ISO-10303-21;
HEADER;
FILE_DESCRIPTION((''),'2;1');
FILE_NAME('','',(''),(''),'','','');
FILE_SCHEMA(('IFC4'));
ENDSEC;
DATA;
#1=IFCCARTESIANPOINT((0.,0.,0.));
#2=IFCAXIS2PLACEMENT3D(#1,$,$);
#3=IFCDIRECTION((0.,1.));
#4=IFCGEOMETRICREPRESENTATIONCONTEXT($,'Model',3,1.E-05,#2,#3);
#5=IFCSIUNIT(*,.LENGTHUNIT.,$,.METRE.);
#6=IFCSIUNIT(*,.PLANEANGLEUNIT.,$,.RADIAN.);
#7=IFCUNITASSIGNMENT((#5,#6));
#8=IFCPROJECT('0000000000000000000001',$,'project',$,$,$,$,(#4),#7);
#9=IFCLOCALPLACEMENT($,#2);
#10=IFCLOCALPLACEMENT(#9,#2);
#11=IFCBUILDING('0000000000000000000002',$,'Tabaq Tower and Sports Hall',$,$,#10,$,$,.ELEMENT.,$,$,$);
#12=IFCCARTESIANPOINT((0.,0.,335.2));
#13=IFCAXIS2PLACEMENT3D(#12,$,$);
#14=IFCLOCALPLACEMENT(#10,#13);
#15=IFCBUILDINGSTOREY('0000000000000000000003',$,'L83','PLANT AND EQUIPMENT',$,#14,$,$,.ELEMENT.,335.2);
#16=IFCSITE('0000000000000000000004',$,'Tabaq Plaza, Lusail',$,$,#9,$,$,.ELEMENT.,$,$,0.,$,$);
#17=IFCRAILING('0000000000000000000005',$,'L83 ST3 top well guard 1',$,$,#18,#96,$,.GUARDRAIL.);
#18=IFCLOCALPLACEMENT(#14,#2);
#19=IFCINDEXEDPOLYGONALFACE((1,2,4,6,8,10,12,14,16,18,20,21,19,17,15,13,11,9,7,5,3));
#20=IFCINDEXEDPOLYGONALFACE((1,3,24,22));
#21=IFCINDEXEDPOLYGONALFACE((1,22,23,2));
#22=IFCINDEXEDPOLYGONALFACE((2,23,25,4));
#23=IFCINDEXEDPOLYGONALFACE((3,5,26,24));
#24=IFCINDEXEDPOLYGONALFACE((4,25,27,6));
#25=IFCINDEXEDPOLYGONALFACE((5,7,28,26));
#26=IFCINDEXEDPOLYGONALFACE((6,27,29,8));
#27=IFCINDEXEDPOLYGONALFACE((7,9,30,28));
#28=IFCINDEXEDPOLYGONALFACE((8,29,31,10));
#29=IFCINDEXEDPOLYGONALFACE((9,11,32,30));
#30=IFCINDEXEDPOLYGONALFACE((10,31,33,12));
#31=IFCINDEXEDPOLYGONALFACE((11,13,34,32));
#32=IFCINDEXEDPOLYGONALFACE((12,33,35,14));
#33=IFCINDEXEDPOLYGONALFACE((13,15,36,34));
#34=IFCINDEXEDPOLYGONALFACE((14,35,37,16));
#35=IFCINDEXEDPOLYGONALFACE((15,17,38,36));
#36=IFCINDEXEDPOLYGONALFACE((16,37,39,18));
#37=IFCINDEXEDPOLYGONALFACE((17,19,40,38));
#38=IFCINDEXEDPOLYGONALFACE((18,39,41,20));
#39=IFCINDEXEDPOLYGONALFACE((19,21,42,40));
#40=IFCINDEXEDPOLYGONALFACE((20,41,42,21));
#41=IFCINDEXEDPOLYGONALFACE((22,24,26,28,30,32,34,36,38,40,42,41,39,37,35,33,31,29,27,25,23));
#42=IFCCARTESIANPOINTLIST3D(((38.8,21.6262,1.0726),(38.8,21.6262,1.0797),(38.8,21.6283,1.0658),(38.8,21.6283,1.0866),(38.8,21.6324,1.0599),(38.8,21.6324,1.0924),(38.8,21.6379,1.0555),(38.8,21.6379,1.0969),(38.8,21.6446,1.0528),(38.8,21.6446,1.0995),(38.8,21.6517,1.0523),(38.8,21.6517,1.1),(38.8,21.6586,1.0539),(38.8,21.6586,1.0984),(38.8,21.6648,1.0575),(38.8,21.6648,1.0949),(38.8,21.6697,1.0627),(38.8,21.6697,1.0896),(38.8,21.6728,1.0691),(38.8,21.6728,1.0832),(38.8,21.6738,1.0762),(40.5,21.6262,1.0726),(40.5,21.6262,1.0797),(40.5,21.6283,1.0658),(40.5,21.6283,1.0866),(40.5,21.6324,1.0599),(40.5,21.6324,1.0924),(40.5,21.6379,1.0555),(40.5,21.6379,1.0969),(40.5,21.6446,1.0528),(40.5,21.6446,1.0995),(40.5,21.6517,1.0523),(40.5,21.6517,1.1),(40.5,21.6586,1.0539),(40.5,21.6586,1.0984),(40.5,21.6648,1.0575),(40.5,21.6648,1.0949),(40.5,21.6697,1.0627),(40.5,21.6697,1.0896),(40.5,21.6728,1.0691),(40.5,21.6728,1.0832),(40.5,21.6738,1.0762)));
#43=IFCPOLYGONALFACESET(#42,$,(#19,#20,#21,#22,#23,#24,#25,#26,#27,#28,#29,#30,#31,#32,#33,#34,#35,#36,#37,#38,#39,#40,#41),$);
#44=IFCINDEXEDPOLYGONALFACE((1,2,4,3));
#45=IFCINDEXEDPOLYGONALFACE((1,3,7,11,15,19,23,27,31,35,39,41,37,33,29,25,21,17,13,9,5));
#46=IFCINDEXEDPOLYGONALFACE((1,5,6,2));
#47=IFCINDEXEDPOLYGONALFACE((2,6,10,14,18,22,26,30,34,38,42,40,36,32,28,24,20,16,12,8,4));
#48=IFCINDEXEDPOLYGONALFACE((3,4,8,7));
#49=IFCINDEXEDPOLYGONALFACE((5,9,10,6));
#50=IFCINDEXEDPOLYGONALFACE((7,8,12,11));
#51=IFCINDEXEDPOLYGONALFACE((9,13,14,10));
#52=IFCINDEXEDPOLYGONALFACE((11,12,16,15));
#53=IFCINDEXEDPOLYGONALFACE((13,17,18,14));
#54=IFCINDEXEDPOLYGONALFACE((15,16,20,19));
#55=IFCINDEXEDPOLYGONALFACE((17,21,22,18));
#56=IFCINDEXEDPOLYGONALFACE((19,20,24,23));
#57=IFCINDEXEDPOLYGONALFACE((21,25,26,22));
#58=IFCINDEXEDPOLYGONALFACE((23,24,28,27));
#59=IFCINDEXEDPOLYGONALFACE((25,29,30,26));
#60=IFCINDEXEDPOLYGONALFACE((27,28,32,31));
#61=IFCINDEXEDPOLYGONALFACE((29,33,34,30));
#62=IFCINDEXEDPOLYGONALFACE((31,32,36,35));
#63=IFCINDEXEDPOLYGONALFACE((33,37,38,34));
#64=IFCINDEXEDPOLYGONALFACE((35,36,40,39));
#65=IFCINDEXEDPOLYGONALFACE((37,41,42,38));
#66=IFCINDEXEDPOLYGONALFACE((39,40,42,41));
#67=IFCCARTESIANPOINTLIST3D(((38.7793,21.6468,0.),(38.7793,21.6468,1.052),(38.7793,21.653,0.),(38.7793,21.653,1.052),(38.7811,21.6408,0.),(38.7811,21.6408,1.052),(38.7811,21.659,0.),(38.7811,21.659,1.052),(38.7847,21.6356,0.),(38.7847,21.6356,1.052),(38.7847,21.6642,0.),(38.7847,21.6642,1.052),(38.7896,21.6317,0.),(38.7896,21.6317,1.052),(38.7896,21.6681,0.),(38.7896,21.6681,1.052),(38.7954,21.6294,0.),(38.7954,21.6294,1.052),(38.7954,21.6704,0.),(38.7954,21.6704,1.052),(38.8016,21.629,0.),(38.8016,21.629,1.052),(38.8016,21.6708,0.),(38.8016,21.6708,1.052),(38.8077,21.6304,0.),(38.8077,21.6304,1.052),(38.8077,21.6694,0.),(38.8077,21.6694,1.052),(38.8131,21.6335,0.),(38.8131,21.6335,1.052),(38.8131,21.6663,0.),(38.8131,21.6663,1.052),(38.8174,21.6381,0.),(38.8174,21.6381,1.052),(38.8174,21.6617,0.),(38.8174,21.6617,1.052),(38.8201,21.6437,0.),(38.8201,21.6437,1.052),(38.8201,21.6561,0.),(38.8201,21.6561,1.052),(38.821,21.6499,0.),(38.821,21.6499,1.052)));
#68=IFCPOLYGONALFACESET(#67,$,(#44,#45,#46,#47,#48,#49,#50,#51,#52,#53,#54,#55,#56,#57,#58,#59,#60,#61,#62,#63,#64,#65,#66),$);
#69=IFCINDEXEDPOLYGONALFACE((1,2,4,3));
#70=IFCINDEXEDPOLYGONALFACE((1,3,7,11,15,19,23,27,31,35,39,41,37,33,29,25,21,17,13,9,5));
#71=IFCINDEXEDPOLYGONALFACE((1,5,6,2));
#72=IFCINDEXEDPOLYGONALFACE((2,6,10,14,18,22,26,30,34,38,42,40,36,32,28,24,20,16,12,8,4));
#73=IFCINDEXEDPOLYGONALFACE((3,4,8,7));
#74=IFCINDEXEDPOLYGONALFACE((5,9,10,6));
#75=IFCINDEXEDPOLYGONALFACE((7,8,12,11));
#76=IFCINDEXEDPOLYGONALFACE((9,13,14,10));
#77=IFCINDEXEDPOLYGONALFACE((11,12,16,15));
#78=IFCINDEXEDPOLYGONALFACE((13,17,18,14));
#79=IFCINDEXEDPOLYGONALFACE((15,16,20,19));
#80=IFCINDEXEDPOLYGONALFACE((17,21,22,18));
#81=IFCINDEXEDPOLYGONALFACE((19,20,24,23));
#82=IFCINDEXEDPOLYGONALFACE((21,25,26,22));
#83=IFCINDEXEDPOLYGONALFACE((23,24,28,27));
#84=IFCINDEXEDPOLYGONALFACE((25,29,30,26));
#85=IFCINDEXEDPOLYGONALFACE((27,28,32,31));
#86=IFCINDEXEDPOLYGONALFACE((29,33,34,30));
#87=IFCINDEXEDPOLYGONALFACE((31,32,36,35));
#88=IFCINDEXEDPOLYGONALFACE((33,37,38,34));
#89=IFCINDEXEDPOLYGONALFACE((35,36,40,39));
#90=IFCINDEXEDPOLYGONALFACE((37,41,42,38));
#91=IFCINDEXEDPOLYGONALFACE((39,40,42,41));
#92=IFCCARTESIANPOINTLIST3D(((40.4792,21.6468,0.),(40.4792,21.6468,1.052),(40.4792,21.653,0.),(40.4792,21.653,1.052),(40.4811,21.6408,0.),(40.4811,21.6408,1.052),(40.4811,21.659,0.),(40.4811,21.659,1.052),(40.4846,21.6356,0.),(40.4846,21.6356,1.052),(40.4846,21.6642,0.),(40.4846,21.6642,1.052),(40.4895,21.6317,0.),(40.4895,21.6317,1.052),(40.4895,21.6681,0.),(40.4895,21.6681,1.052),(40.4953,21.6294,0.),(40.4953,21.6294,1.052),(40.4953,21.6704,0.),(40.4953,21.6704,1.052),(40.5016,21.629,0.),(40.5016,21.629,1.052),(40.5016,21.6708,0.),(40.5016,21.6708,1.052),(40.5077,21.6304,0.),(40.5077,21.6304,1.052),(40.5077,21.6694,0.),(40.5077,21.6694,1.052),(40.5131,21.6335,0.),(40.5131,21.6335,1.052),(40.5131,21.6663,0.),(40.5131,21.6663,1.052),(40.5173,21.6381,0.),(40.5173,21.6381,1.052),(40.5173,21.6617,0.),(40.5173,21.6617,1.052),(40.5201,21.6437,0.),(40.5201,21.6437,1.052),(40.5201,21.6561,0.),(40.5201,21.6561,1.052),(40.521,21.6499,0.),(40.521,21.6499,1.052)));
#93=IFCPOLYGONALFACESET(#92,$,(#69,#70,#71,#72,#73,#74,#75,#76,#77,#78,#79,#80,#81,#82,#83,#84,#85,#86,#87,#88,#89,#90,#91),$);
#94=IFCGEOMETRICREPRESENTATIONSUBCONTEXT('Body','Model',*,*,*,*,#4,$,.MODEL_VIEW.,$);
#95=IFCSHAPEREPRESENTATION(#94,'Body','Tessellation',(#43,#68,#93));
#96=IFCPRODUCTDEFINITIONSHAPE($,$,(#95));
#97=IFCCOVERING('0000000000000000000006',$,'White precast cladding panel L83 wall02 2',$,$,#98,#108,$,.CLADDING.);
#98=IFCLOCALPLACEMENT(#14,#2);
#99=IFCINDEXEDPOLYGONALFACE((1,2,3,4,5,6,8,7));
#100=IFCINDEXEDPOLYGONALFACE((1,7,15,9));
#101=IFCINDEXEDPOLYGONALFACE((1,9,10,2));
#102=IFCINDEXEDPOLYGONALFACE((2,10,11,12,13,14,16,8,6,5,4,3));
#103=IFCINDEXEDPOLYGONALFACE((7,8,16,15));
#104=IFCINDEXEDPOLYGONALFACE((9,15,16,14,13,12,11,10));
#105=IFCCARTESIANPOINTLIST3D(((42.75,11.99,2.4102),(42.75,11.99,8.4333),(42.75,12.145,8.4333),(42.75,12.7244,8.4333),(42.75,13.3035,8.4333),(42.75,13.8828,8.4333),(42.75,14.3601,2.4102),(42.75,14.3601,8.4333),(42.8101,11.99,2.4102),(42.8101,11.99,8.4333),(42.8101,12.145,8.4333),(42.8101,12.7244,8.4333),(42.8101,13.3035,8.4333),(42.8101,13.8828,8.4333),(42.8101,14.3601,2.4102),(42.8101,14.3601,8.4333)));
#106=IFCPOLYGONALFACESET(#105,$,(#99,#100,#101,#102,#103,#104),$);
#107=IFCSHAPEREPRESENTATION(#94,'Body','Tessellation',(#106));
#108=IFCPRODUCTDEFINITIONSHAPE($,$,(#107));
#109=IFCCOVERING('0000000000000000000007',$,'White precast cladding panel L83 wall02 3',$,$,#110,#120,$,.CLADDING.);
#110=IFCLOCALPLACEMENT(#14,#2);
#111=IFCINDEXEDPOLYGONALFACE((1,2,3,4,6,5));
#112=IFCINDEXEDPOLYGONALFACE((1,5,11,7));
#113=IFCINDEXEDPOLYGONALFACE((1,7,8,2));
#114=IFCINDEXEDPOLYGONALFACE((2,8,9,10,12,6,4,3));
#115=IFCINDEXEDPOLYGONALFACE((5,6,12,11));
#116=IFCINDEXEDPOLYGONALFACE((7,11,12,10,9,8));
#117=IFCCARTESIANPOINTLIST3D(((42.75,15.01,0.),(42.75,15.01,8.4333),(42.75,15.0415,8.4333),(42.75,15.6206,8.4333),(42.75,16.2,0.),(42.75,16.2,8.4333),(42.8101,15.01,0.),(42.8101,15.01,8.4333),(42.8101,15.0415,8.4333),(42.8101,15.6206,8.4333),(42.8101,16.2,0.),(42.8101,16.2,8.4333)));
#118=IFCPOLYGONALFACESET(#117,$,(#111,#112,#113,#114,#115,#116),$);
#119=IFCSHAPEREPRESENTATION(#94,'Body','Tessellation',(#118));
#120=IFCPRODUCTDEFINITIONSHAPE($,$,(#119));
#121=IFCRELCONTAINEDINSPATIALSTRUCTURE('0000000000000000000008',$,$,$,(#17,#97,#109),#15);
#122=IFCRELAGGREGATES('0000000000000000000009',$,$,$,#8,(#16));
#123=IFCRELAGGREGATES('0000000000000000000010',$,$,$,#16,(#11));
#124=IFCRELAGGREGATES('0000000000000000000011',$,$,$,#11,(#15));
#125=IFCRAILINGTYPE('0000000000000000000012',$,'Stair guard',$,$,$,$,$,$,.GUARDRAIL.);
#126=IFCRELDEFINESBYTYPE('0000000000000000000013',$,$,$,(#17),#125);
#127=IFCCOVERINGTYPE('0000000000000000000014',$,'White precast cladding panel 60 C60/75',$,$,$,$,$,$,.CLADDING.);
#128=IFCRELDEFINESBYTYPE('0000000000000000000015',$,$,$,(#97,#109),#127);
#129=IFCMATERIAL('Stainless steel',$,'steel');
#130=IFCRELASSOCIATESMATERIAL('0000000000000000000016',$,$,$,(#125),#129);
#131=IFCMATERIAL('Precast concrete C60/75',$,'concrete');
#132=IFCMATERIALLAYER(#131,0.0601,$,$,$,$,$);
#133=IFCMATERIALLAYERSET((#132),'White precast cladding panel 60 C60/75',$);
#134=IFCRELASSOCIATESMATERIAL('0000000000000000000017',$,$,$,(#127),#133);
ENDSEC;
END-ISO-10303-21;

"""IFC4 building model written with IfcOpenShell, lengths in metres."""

from ifc_helpers import new_model, si_unit, direction, frame, origin, origin_2d, place, context, subcontext, project, spatial, polyline, circle, outline, extrude, material, layer, layer_set, type_object, element, save


model = new_model("IFC4")

# Units and contexts
model_context = context("Model", 3, precision=1e-05, world=origin(), true_north=direction((0.0, 1.0)))
body_context = subcontext(model_context, "Body", "Model", "MODEL_VIEW")
ifc_project = project(units=[si_unit("LENGTHUNIT", "METRE"), si_unit("PLANEANGLEUNIT", "RADIAN")], contexts=[model_context])

# Site, building, storey
site_placement = place(None, origin())
site = spatial("IfcSite", under=ifc_project, at=site_placement, Name="Tabaq Plaza, Lusail", CompositionType="ELEMENT", RefElevation=0.0)
building_placement = place(site_placement, origin())
building = spatial("IfcBuilding", under=site, at=building_placement, Name="Tabaq Tower and Sports Hall", CompositionType="ELEMENT")
storey_placement = place(building_placement, frame((0.0, 0.0, 335.2)))
storey = spatial("IfcBuildingStorey", under=building, at=storey_placement, Name="L83", Description="PLANT AND EQUIPMENT", CompositionType="ELEMENT", Elevation=335.2)

# Railing
ifc_material_1 = material(Name="Stainless steel", Category="steel")
railing_type = type_object("IfcRailingType", Name="Stair guard", PredefinedType="GUARDRAIL", material=ifc_material_1)
railing_placement = place(storey_placement, frame((38.8, 21.6499, 0.0)))
element("IfcRailing", 1, at=railing_placement, inside=storey, type_object=railing_type, Name="L83 ST3 top well guard 1", PredefinedType="GUARDRAIL", context=body_context, shape_type="SweptSolid", body=[
    extrude(circle(Radius=0.0239, at=origin_2d()), frame((0.0, 0.0, 1.0762), z_axis=(1.0, 0.0, 0.0), x_axis=(0.0, 1.0, 0.0)), (0.0, 0.0, 1.0), 1.7),
    extrude(circle(Radius=0.021, at=origin_2d()), origin(), (0.0, 0.0, 1.0), 1.052),
    extrude(circle(Radius=0.021, at=origin_2d()), frame((1.7, 0.0, 0.0)), (0.0, 0.0, 1.0), 1.052),
])

# Coverings
ifc_material_2 = material(Name="Precast concrete C60/75", Category="concrete")
ifc_layer_1 = layer(ifc_material_2, 0.0601)
ifc_layer_set_1 = layer_set([ifc_layer_1], Name="White precast cladding panel 60 C60/75")
covering_type = type_object("IfcCoveringType", Name="White precast cladding panel 60 C60/75", PredefinedType="CLADDING", material=ifc_layer_set_1)
covering_1_placement = place(storey_placement, frame((42.78, 11.99, 2.4102), z_axis=(0.0, 0.0, 1.0), x_axis=(0.0, 1.0, 0.0)))
element("IfcCovering", 2, at=covering_1_placement, inside=storey, type_object=covering_type, Name="White precast cladding panel L83 wall02 2", PredefinedType="CLADDING", context=body_context, shape_type="SweptSolid", body=[
    extrude(outline(polyline([(0.0, 0.0), (2.3701, 0.0), (2.3701, 6.0232), (1.8928, 6.0232), (1.3135, 6.0232), (0.7344, 6.0232), (0.155, 6.0232), (0.0, 6.0232), (0.0, 0.0)])), frame((0.0, 0.03, 0.0), z_axis=(0.0, -1.0, 0.0), x_axis=(1.0, 0.0, 0.0)), (0.0, 0.0, 1.0), 0.0601),
])
covering_2_placement = place(storey_placement, frame((42.78, 15.01, 0.0), z_axis=(0.0, 0.0, 1.0), x_axis=(0.0, 1.0, 0.0)))
element("IfcCovering", 3, at=covering_2_placement, inside=storey, type_object=covering_type, Name="White precast cladding panel L83 wall02 3", PredefinedType="CLADDING", context=body_context, shape_type="SweptSolid", body=[
    extrude(outline(polyline([(0.0, 0.0), (1.1899, 0.0), (1.1899, 8.4333), (0.6106, 8.4333), (0.0315, 8.4333), (0.0, 8.4333), (0.0, 0.0)])), frame((0.0, 0.03, 0.0), z_axis=(0.0, -1.0, 0.0), x_axis=(1.0, 0.0, 0.0)), (0.0, 0.0, 1.0), 0.0601),
])

save(model, "model.ifc")
